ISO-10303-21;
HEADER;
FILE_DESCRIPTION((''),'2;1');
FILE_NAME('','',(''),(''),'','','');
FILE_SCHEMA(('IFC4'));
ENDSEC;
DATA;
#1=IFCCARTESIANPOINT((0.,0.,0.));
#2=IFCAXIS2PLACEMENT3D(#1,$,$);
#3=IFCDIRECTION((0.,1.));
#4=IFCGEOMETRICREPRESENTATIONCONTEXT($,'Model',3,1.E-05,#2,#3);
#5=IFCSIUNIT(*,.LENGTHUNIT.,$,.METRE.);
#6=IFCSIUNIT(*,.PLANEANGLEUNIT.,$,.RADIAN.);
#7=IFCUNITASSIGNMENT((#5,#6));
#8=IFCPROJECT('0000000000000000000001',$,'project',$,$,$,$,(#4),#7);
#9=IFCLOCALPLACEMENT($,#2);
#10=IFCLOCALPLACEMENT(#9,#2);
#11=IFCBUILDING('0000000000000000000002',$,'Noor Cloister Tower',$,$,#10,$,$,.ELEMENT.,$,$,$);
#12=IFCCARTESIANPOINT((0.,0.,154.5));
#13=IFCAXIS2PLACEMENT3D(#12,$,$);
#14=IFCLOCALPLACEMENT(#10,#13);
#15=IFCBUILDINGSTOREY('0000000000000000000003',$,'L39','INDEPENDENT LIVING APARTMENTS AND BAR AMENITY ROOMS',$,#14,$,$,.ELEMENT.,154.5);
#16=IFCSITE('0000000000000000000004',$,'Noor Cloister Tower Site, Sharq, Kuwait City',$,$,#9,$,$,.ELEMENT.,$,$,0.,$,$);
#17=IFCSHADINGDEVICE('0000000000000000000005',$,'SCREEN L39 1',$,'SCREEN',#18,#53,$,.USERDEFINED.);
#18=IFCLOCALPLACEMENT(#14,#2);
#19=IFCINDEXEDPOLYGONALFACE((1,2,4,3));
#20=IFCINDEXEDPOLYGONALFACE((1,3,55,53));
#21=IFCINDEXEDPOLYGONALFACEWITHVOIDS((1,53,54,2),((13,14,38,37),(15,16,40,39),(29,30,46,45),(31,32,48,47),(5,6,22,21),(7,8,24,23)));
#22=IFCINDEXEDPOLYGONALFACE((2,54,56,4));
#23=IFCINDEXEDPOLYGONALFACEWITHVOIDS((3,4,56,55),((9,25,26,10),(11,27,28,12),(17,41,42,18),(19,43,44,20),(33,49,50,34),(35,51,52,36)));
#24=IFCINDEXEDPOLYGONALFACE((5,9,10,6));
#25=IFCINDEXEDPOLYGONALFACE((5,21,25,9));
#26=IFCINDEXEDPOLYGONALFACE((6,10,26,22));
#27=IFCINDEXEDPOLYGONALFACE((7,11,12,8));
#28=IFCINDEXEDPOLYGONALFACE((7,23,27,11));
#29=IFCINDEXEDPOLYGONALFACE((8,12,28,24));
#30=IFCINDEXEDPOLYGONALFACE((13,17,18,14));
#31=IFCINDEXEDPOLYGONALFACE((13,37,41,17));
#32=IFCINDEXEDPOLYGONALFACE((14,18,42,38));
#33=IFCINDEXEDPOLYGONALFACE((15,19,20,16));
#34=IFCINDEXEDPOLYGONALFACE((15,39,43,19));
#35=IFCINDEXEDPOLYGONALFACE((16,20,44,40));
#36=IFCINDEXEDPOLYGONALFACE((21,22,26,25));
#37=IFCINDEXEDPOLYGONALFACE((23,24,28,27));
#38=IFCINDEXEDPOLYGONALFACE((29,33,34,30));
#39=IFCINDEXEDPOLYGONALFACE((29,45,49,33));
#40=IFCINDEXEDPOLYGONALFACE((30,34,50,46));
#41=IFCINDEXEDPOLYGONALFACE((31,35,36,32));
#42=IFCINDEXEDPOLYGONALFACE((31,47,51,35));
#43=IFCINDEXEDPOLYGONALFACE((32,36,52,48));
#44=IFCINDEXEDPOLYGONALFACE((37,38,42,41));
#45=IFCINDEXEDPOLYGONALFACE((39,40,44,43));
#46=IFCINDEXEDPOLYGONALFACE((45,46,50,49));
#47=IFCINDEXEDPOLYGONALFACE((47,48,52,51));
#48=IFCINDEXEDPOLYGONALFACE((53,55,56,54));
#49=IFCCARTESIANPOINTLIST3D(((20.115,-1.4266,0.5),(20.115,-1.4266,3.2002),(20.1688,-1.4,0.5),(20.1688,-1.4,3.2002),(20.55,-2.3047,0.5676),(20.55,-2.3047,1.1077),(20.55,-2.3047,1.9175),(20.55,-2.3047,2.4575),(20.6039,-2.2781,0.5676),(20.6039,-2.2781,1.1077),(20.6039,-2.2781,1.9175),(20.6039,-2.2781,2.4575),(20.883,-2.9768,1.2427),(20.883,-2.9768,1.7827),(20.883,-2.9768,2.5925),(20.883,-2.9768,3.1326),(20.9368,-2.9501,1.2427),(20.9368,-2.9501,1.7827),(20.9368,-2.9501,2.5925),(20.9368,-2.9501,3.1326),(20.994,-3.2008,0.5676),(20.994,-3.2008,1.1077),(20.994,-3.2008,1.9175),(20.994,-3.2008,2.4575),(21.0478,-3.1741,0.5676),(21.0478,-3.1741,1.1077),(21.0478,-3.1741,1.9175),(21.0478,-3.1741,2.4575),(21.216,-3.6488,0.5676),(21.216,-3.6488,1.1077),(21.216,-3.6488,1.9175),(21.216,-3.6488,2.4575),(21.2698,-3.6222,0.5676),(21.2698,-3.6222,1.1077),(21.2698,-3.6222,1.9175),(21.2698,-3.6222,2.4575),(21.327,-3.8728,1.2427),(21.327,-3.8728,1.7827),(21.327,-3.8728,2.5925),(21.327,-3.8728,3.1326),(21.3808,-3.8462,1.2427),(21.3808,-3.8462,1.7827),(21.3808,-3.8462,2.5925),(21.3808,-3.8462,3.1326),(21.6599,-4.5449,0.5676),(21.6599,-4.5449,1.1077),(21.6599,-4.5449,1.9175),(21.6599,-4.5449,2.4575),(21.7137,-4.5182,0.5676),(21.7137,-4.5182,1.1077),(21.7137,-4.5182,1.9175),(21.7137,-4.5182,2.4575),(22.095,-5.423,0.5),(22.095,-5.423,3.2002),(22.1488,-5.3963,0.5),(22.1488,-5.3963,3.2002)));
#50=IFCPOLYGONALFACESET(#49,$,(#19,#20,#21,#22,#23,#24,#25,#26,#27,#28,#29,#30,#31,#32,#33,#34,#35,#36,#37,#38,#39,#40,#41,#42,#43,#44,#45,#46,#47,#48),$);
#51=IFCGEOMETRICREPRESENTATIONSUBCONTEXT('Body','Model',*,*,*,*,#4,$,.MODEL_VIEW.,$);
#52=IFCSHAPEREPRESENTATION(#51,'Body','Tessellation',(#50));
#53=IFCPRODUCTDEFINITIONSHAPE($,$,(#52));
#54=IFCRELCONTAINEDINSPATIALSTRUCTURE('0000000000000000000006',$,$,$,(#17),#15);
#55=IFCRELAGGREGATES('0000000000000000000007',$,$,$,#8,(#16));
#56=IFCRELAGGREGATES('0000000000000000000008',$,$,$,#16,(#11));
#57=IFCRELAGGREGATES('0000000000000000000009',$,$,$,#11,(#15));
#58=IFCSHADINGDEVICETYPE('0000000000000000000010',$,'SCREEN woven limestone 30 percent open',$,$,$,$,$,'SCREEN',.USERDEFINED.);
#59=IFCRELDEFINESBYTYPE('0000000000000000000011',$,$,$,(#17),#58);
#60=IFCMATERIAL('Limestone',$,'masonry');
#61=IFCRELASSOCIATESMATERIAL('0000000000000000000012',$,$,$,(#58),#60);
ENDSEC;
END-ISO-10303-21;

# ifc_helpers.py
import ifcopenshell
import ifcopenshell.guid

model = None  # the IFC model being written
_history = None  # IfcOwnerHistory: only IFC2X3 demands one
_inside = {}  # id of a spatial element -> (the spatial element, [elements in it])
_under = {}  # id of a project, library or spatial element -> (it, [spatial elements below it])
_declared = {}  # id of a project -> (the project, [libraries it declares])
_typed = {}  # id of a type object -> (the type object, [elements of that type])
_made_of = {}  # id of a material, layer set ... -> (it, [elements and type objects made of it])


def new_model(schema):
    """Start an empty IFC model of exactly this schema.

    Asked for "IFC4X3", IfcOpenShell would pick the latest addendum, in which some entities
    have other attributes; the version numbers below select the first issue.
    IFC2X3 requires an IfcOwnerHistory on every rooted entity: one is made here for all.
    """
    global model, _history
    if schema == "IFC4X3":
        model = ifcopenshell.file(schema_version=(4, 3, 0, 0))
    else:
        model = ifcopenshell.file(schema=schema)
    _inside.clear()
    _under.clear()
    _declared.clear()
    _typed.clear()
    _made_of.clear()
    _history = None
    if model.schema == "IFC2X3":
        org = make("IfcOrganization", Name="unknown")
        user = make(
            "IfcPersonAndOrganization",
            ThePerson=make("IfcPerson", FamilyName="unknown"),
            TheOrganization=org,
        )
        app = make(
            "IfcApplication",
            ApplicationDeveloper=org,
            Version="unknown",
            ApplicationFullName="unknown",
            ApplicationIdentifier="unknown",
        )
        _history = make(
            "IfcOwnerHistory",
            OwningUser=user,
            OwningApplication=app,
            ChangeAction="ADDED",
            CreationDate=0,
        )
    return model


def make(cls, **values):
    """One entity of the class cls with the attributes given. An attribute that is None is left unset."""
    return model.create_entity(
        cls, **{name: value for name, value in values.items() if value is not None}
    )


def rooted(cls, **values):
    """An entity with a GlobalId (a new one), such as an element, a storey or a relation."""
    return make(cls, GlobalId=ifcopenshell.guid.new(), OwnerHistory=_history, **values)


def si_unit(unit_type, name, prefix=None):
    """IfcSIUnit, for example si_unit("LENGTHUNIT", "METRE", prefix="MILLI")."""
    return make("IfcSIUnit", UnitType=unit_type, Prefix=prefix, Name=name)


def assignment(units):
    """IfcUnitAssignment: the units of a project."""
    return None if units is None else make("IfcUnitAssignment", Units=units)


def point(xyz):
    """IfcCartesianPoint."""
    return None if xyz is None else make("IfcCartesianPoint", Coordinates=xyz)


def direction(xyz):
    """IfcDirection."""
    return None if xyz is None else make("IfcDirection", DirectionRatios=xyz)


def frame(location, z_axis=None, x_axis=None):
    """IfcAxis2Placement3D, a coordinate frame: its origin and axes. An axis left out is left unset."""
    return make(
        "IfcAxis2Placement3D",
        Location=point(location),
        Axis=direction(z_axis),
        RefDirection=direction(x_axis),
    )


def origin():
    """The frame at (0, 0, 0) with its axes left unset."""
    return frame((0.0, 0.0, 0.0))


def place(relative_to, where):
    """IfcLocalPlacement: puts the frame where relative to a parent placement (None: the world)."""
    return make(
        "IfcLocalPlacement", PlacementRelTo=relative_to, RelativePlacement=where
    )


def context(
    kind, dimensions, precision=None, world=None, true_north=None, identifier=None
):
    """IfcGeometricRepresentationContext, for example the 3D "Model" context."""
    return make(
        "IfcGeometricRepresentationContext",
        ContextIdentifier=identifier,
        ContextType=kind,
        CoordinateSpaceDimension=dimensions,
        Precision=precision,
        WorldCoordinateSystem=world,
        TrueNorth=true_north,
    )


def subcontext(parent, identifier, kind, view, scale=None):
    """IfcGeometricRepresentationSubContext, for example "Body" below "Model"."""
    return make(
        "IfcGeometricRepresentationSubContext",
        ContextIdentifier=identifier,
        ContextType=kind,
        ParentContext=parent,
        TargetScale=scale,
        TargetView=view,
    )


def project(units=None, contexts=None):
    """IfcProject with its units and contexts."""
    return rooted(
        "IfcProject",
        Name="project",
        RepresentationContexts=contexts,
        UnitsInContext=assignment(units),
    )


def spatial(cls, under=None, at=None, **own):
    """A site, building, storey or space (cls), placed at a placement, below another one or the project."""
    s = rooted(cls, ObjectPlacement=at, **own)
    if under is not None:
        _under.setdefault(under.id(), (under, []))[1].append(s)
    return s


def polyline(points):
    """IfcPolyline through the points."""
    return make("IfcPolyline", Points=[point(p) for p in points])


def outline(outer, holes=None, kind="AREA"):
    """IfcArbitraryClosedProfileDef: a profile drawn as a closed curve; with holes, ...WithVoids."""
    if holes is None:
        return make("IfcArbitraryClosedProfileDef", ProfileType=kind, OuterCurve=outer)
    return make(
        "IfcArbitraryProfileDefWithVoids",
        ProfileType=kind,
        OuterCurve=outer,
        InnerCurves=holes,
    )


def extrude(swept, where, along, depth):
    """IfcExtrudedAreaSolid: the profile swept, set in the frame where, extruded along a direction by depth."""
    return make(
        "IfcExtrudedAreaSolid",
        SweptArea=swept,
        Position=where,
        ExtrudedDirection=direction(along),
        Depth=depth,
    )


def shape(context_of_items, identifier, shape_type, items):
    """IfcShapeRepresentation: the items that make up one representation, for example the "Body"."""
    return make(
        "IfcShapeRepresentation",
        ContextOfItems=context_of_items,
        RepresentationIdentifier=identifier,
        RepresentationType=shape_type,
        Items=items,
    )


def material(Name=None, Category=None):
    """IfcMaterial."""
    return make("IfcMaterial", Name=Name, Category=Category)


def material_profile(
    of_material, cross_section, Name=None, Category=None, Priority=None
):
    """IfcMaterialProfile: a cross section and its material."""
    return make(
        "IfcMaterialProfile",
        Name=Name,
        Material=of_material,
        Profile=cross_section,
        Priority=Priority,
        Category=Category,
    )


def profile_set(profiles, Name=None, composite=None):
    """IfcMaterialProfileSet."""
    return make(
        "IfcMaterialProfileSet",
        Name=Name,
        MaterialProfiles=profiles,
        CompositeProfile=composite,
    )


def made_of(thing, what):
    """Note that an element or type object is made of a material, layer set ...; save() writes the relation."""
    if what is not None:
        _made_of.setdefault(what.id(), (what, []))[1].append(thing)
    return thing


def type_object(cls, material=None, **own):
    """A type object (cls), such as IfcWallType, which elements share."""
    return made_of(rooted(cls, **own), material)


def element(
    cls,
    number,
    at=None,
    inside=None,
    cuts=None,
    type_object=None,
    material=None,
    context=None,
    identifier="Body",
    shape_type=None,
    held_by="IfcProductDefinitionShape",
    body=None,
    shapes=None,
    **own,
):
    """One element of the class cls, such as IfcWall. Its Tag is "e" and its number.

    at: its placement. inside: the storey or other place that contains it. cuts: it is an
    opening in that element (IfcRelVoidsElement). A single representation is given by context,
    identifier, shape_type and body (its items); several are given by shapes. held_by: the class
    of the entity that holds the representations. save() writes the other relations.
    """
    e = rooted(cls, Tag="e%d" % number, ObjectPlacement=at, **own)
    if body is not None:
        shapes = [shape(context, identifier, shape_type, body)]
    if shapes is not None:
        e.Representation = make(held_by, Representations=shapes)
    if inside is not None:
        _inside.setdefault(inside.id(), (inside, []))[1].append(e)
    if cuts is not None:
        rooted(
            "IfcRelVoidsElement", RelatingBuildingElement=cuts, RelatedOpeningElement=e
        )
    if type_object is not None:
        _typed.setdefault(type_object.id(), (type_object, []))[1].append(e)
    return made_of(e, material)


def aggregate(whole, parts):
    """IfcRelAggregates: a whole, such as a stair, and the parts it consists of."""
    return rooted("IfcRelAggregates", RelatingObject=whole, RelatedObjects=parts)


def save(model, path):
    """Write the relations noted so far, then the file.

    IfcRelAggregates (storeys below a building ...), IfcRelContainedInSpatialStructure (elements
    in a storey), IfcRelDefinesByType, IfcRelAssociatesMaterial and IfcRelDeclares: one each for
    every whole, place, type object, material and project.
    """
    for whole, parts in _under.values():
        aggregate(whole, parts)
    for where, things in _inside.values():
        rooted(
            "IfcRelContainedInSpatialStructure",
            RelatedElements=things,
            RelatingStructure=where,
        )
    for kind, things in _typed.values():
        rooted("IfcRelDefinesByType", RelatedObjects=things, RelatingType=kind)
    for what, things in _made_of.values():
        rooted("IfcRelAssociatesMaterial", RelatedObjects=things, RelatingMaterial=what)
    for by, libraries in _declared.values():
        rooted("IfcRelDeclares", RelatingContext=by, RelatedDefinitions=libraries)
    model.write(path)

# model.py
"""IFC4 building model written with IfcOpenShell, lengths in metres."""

from ifc_helpers import new_model, si_unit, direction, frame, origin, place, context, subcontext, project, spatial, polyline, outline, extrude, material, material_profile, profile_set, type_object, element, save


model = new_model("IFC4")

# Units and contexts
model_context = context("Model", 3, precision=1e-05, world=origin(), true_north=direction((0.0, 1.0)))
body_context = subcontext(model_context, "Body", "Model", "MODEL_VIEW")
ifc_project = project(units=[si_unit("LENGTHUNIT", "METRE"), si_unit("PLANEANGLEUNIT", "RADIAN")], contexts=[model_context])

# Site, building, storey
site_placement = place(None, origin())
site = spatial("IfcSite", under=ifc_project, at=site_placement, Name="Noor Cloister Tower Site, Sharq, Kuwait City", CompositionType="ELEMENT", RefElevation=0.0)
building_placement = place(site_placement, origin())
building = spatial("IfcBuilding", under=site, at=building_placement, Name="Noor Cloister Tower", CompositionType="ELEMENT")
storey_placement = place(building_placement, frame((0.0, 0.0, 154.5)))
storey = spatial("IfcBuildingStorey", under=building, at=storey_placement, Name="L39", Description="INDEPENDENT LIVING APARTMENTS AND BAR AMENITY ROOMS", CompositionType="ELEMENT", Elevation=154.5)

# Shading device
ifc_material_1 = material(Name="Limestone", Category="masonry")
ifc_material_profile_1 = material_profile(ifc_material_1, outline(polyline([(-2.23, -1.3501), (2.23, -1.3501), (2.23, 1.3501), (-2.23, 1.3501), (-2.23, -1.3501)]), holes=[polyline([(-1.25, -1.2825), (-0.25, -1.2825), (-0.25, -0.7424), (-1.25, -0.7424), (-1.25, -1.2825)]), polyline([(0.25, -1.2825), (1.25, -1.2825), (1.25, -0.7424), (0.25, -0.7424), (0.25, -1.2825)]), polyline([(-0.5, -0.6074), (0.5, -0.6074), (0.5, -0.0674), (-0.5, -0.0674), (-0.5, -0.6074)]), polyline([(-1.25, 0.0674), (-0.25, 0.0674), (-0.25, 0.6074), (-1.25, 0.6074), (-1.25, 0.0674)]), polyline([(0.25, 0.0674), (1.25, 0.0674), (1.25, 0.6074), (0.25, 0.6074), (0.25, 0.0674)]), polyline([(-0.5, 0.7424), (0.5, 0.7424), (0.5, 1.2825), (-0.5, 1.2825), (-0.5, 0.7424)])]), Name="Woven screen 30 percent open")
ifc_profile_set_1 = profile_set([ifc_material_profile_1], Name="Limestone")
shading_device_type = type_object("IfcShadingDeviceType", Name="SCREEN woven limestone 30 percent open", ElementType="SCREEN", PredefinedType="USERDEFINED", material=ifc_profile_set_1)
shading_device_placement = place(storey_placement, frame((21.105, -3.4248, 1.8501), z_axis=(0.89605, 0.443952, 0.0), x_axis=(-0.443952, 0.89605, 0.0)))
element("IfcShadingDevice", 1, at=shading_device_placement, inside=storey, type_object=shading_device_type, Name="SCREEN L39 1", ObjectType="SCREEN", PredefinedType="USERDEFINED", context=body_context, shape_type="SweptSolid", body=[
    extrude(outline(polyline([(-2.23, -1.3501), (2.23, -1.3501), (2.23, 1.3501), (-2.23, 1.3501), (-2.23, -1.3501)]), holes=[polyline([(-1.25, -1.2825), (-0.25, -1.2825), (-0.25, -0.7424), (-1.25, -0.7424), (-1.25, -1.2825)]), polyline([(0.25, -1.2825), (1.25, -1.2825), (1.25, -0.7424), (0.25, -0.7424), (0.25, -1.2825)]), polyline([(-0.5, -0.6074), (0.5, -0.6074), (0.5, -0.0674), (-0.5, -0.0674), (-0.5, -0.6074)]), polyline([(-1.25, 0.0674), (-0.25, 0.0674), (-0.25, 0.6074), (-1.25, 0.6074), (-1.25, 0.0674)]), polyline([(0.25, 0.0674), (1.25, 0.0674), (1.25, 0.6074), (0.25, 0.6074), (0.25, 0.0674)]), polyline([(-0.5, 0.7424), (0.5, 0.7424), (0.5, 1.2825), (-0.5, 1.2825), (-0.5, 0.7424)])]), origin(), (0.0, 0.0, 1.0), 0.0601),
])

save(model, "model.ifc")
